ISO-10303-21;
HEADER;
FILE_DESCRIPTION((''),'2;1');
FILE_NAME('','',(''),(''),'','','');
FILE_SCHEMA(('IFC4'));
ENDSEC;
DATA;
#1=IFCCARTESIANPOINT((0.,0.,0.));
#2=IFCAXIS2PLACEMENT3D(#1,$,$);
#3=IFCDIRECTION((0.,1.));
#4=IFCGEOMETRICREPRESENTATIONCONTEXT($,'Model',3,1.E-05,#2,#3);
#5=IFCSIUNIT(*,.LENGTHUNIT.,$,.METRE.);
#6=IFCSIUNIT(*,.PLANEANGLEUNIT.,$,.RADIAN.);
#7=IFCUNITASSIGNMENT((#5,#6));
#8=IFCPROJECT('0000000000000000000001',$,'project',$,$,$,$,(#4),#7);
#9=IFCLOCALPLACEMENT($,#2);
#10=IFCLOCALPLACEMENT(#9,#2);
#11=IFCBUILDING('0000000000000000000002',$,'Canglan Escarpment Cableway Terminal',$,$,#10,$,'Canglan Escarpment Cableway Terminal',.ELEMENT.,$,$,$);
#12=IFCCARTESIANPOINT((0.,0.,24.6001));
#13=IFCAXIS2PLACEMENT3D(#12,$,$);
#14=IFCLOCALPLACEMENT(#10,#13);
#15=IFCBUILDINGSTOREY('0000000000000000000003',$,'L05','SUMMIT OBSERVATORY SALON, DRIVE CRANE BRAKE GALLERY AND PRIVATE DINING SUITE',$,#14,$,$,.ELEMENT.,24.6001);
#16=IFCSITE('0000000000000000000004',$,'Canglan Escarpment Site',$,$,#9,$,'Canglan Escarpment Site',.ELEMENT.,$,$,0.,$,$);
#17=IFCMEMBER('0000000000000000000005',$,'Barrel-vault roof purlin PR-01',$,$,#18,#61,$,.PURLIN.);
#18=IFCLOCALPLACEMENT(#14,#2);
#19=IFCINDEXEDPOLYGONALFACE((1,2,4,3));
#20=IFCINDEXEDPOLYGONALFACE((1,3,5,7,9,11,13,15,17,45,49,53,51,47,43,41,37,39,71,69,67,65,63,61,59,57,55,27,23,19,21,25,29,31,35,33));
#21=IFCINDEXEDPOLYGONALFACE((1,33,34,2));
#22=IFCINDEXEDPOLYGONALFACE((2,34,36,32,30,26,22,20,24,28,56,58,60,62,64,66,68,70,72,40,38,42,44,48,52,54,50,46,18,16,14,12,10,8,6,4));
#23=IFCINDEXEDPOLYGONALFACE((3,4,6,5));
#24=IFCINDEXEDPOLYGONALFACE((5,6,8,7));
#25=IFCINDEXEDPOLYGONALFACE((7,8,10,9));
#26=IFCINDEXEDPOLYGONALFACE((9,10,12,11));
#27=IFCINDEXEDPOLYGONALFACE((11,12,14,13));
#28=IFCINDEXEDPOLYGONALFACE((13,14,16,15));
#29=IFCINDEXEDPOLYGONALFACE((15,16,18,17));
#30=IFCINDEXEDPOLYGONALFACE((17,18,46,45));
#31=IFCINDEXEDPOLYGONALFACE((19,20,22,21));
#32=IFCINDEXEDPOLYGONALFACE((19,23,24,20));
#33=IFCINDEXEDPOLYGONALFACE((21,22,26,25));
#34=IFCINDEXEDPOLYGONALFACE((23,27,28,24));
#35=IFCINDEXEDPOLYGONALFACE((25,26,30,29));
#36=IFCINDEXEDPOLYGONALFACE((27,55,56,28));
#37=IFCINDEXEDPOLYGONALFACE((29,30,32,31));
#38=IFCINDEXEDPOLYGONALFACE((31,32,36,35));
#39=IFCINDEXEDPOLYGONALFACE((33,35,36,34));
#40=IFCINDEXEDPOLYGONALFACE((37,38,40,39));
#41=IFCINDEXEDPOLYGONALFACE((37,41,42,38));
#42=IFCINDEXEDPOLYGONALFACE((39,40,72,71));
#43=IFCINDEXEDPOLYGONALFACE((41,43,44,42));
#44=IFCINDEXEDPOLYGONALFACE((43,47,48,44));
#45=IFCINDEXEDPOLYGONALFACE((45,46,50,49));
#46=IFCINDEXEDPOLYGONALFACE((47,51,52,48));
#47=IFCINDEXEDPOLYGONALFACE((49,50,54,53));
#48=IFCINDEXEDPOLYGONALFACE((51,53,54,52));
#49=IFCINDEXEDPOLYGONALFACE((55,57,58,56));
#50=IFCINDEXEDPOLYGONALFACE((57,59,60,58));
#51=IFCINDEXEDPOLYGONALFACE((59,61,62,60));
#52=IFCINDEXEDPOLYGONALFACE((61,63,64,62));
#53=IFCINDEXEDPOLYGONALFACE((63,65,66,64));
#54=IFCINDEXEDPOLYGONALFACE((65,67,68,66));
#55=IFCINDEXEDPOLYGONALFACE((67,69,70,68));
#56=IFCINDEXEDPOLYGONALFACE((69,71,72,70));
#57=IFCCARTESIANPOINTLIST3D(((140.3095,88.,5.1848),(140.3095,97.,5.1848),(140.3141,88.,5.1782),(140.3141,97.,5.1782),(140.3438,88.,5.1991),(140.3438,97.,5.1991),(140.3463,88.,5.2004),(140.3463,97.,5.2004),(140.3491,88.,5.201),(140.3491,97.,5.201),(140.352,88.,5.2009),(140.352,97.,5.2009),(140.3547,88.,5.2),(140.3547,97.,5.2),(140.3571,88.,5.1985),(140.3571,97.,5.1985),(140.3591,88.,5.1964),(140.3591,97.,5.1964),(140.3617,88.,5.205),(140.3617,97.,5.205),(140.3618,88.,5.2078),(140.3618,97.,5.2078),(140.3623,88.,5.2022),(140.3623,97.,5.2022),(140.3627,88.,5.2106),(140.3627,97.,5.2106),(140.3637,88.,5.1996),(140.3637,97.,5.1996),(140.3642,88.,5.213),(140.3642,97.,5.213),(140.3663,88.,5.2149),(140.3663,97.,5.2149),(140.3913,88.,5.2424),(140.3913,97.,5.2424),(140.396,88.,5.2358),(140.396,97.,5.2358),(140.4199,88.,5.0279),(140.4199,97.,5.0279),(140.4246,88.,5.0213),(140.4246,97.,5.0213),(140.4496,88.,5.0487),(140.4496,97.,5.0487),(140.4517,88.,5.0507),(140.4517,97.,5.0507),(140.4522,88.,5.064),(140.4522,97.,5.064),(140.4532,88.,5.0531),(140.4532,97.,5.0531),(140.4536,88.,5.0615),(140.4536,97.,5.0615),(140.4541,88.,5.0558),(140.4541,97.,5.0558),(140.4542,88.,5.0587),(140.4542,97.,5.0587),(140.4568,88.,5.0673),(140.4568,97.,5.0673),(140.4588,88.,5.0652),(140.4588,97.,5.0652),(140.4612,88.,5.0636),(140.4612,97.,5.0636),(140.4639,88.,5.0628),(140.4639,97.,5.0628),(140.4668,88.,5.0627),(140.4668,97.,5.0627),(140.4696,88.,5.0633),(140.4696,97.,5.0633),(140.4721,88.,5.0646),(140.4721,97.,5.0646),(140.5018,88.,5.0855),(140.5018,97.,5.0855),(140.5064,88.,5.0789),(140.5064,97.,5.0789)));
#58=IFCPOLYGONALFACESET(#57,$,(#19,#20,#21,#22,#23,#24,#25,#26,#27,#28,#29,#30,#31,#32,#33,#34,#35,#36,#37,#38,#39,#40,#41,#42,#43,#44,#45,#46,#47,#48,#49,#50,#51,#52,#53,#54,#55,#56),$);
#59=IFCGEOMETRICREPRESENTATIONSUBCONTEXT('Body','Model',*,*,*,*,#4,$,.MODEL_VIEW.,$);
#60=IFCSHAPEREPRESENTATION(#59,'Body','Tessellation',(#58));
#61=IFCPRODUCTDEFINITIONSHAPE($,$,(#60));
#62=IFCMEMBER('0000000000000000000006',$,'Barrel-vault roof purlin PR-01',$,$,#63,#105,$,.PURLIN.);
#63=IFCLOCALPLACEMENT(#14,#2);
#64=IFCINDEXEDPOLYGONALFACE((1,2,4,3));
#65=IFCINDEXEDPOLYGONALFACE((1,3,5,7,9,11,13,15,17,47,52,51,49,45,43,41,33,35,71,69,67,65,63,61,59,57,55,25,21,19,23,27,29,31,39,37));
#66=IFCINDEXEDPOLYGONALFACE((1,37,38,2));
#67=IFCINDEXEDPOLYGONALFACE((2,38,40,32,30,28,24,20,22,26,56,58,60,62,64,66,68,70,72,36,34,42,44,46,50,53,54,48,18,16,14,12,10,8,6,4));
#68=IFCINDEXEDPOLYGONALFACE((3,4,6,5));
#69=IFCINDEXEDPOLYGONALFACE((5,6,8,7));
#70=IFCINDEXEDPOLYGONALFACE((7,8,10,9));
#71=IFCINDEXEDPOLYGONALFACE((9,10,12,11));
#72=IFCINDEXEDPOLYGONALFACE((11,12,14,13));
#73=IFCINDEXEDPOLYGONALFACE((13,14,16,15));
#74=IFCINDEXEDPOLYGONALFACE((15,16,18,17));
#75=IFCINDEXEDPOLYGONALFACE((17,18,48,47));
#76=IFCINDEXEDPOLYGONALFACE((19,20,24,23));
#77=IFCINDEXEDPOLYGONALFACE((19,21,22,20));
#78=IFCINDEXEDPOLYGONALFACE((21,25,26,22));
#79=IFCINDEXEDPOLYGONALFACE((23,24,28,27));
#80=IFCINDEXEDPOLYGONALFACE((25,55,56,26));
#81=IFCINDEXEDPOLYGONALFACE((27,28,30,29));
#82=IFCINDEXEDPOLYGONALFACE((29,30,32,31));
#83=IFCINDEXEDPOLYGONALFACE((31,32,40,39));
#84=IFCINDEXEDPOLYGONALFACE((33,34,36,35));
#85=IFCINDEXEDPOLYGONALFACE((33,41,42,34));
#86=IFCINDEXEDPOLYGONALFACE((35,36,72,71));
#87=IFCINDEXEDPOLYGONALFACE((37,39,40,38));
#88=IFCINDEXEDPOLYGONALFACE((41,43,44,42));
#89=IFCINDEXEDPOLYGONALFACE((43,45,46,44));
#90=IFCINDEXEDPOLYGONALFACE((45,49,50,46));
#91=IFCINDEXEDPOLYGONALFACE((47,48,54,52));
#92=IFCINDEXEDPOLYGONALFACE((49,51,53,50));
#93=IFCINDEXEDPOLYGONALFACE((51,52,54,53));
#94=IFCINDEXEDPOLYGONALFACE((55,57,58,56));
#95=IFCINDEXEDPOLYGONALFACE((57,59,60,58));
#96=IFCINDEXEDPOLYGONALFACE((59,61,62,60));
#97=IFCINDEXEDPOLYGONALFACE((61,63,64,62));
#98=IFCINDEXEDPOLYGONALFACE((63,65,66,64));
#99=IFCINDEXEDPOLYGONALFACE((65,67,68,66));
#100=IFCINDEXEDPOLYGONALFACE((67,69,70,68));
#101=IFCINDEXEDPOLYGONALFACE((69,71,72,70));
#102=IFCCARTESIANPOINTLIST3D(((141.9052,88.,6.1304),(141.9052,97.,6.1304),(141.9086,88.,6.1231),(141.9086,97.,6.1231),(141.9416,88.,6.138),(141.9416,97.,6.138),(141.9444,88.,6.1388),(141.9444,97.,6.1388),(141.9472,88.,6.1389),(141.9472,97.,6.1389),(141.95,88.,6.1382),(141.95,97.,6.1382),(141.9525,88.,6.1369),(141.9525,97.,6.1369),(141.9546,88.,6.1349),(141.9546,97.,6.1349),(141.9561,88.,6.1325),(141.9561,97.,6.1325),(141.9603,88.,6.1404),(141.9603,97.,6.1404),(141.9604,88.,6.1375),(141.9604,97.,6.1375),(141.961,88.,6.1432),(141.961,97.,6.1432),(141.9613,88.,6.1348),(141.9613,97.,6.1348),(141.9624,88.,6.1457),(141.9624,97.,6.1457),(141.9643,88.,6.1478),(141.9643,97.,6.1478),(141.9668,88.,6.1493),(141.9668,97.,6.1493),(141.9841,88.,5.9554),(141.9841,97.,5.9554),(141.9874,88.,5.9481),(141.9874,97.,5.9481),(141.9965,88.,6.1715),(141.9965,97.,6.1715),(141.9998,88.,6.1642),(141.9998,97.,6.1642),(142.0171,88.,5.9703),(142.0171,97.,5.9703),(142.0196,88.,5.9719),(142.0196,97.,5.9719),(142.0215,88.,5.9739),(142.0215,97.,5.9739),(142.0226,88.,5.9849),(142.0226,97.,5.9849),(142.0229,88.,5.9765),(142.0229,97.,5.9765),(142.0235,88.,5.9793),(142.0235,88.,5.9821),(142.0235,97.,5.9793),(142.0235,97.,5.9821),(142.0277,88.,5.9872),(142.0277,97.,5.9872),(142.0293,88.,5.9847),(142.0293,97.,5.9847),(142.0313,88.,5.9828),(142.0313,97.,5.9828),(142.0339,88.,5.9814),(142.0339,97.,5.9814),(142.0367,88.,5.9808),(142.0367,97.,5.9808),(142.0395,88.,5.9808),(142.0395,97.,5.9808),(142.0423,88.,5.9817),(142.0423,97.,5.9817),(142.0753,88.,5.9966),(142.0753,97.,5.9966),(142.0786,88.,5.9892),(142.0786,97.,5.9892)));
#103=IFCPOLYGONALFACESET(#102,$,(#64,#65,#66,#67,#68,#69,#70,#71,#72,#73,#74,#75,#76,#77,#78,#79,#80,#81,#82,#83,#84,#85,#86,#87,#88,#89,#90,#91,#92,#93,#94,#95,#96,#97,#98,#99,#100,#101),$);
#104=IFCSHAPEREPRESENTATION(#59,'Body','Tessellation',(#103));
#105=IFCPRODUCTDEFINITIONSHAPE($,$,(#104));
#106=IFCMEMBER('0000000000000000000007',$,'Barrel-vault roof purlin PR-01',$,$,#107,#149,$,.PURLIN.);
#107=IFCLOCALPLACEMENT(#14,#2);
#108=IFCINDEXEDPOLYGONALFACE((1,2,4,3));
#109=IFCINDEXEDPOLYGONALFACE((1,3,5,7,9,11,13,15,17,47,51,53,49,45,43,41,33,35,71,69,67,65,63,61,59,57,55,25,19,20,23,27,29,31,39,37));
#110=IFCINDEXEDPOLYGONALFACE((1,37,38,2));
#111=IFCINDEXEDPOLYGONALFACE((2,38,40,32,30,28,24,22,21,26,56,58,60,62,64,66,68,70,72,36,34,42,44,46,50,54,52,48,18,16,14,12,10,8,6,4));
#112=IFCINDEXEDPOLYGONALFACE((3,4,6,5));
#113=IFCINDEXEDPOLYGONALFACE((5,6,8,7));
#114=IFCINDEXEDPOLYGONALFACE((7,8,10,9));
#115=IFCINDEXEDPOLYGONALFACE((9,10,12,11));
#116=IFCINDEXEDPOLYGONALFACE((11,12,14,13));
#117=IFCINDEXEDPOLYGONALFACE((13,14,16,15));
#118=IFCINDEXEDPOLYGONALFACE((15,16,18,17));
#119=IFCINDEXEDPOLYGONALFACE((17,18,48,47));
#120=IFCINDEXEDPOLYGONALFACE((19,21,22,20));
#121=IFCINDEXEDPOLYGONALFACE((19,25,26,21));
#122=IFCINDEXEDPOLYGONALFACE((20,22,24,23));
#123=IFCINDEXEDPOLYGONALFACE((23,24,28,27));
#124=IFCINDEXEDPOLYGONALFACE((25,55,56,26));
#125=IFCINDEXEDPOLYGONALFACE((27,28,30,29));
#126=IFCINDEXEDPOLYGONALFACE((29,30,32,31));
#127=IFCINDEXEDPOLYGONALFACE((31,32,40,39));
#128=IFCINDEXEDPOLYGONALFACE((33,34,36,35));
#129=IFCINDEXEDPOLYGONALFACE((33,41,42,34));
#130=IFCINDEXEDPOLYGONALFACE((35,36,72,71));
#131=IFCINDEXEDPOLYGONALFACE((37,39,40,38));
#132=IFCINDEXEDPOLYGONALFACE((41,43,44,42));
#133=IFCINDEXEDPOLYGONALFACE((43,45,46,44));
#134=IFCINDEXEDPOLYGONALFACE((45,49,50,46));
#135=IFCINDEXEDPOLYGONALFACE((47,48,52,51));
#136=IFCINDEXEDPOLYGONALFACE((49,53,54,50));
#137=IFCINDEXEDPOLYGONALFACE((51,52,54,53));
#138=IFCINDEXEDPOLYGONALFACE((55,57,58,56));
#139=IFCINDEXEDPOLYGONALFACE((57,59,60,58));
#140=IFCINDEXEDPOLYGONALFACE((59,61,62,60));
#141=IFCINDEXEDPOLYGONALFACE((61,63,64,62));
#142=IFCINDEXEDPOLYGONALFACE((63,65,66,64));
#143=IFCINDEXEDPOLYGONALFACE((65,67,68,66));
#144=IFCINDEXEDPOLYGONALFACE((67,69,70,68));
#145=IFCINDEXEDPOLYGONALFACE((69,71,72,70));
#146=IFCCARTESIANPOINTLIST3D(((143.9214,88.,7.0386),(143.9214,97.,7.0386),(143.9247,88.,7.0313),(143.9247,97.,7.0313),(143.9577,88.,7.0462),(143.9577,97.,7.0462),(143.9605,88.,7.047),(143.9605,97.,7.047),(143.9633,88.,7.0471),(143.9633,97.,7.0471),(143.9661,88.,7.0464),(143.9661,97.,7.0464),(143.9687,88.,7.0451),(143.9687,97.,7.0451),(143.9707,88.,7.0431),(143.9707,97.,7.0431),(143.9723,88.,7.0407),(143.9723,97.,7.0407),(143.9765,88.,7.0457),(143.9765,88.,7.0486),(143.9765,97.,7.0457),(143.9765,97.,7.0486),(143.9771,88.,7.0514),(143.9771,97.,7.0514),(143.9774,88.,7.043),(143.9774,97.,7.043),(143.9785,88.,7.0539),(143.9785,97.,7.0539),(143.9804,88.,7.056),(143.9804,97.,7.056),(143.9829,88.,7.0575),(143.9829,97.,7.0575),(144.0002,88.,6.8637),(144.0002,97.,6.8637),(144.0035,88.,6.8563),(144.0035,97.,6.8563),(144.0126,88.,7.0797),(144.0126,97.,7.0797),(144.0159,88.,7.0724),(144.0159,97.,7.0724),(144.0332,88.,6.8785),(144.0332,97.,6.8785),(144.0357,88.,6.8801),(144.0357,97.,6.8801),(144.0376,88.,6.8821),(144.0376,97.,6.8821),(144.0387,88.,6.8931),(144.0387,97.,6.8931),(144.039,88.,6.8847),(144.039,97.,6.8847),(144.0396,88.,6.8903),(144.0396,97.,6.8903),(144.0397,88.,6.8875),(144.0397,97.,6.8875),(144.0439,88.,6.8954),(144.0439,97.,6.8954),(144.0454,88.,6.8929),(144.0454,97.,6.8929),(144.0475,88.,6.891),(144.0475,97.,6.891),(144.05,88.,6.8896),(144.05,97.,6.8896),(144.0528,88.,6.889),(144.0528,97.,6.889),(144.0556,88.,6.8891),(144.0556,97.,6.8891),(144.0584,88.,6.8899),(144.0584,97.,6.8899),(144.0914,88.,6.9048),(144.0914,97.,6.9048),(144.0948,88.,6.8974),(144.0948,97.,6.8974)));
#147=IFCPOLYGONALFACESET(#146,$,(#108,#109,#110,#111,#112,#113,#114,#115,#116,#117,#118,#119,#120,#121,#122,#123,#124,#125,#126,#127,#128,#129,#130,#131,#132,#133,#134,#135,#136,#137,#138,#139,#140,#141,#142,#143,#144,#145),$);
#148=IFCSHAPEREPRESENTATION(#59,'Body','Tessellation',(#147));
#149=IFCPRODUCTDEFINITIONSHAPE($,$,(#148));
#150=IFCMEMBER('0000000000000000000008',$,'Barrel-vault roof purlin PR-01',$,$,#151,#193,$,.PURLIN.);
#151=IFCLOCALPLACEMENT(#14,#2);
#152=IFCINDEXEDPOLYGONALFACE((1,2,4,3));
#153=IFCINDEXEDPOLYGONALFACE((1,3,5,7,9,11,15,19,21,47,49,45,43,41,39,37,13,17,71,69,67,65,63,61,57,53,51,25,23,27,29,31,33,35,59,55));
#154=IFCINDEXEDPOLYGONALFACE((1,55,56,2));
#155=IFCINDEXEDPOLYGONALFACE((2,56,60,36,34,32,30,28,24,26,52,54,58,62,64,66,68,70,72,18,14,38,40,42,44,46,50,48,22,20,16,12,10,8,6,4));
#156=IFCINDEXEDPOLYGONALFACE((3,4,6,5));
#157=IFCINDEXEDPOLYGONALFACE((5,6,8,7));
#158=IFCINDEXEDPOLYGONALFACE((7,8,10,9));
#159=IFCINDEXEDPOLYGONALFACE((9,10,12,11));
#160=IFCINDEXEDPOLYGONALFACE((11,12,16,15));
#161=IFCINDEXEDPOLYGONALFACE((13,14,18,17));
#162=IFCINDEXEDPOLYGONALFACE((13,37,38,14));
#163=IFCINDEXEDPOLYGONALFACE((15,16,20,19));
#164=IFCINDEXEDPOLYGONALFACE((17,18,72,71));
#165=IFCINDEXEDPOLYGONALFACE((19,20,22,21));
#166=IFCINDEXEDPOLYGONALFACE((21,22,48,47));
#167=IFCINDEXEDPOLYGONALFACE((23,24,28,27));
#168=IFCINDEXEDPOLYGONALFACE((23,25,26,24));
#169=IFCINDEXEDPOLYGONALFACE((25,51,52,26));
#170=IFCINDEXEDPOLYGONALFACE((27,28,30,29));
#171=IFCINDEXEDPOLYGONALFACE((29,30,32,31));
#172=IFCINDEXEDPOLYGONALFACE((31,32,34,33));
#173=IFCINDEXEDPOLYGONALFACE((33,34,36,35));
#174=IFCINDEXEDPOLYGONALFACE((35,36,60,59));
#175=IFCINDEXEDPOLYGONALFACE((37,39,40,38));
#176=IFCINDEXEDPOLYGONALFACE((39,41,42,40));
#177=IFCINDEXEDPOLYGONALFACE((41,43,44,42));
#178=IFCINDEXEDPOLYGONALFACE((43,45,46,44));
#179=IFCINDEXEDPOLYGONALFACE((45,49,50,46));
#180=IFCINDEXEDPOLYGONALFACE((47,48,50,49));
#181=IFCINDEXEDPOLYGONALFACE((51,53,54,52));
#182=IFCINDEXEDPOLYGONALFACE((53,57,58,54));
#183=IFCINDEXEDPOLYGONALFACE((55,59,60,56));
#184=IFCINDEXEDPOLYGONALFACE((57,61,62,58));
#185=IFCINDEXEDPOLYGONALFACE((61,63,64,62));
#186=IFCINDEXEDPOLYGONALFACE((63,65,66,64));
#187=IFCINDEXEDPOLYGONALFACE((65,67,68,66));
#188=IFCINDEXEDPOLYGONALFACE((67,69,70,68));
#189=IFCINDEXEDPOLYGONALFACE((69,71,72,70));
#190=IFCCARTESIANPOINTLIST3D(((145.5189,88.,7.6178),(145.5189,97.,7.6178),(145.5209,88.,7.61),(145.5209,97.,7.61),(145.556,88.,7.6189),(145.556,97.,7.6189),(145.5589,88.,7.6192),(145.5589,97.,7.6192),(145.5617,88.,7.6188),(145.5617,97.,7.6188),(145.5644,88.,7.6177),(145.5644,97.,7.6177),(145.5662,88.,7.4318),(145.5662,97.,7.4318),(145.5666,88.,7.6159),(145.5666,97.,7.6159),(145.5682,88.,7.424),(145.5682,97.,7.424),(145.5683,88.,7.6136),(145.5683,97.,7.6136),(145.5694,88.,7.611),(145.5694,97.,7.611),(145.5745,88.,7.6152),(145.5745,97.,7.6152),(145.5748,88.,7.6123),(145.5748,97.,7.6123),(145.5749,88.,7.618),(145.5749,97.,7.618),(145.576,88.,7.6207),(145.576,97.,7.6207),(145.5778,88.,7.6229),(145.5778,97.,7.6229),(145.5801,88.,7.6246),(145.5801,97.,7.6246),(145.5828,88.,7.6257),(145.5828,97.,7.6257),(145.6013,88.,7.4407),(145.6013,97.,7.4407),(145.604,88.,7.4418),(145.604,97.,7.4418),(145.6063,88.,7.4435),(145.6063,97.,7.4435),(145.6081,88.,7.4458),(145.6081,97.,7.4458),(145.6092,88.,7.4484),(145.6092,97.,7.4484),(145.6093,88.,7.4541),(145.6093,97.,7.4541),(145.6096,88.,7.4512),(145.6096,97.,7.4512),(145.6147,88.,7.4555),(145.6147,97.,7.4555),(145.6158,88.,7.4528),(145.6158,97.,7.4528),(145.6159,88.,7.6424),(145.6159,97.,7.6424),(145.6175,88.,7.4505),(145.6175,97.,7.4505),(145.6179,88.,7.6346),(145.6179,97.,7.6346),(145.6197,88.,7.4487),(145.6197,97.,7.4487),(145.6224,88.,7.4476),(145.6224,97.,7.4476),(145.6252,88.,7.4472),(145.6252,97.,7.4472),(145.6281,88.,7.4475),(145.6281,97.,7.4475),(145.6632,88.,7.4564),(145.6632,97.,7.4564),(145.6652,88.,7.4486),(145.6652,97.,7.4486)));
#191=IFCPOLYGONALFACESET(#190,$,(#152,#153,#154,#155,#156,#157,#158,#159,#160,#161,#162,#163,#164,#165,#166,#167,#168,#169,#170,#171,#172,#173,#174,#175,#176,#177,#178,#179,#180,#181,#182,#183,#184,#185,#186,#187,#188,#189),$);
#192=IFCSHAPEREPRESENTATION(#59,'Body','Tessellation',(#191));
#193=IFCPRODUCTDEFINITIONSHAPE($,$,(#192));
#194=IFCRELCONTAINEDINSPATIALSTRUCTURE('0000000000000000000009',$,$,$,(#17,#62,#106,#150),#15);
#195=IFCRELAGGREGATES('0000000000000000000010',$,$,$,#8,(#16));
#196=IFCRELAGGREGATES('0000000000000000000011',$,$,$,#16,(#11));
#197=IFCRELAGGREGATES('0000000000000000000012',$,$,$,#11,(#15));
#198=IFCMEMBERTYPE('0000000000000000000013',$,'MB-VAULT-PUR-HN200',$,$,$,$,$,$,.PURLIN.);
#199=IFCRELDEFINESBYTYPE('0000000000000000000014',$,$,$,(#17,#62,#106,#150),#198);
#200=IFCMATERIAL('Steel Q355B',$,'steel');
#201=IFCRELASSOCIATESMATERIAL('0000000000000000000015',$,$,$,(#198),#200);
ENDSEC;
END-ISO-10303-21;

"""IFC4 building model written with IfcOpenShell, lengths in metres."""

from ifc_helpers import new_model, si_unit, direction, frame, origin, origin_2d, place, context, subcontext, project, spatial, i_section, extrude, material, material_profile, profile_set, type_object, element, save


model = new_model("IFC4")

# Units and contexts
model_context = context("Model", 3, precision=1e-05, world=origin(), true_north=direction((0.0, 1.0)))
body_context = subcontext(model_context, "Body", "Model", "MODEL_VIEW")
ifc_project = project(units=[si_unit("LENGTHUNIT", "METRE"), si_unit("PLANEANGLEUNIT", "RADIAN")], contexts=[model_context])

# Site, building, storey
site_placement = place(None, origin())
site = spatial("IfcSite", under=ifc_project, at=site_placement, Name="Canglan Escarpment Site", LongName="Canglan Escarpment Site", CompositionType="ELEMENT", RefElevation=0.0)
building_placement = place(site_placement, origin())
building = spatial("IfcBuilding", under=site, at=building_placement, Name="Canglan Escarpment Cableway Terminal", LongName="Canglan Escarpment Cableway Terminal", CompositionType="ELEMENT")
storey_placement = place(building_placement, frame((0.0, 0.0, 24.6001)))
storey = spatial("IfcBuildingStorey", under=building, at=storey_placement, Name="L05", Description="SUMMIT OBSERVATORY SALON, DRIVE CRANE BRAKE GALLERY AND PRIVATE DINING SUITE", CompositionType="ELEMENT", Elevation=24.6001)

# Shared definitions
ifc_material_1 = material(Name="Steel Q355B", Category="steel")

# Members
ifc_material_profile_1 = material_profile(ifc_material_1, i_section(OverallWidth=0.1001, OverallDepth=0.2, WebThickness=0.0056, FlangeThickness=0.0081, FilletRadius=0.011, at=origin_2d()), Name="HN 200x100x5.5x8")
ifc_profile_set_1 = profile_set([ifc_material_profile_1], Name="Steel Q355B")
member_type_1 = type_object("IfcMemberType", Name="MB-VAULT-PUR-HN200", PredefinedType="PURLIN", material=ifc_profile_set_1)
for number, where, z_axis, x_axis, name in (
    (1, (140.408, 88.0, 5.1318), (0.0, 1.0, 0.0), (-0.817728, 0.0, -0.575605), "Barrel-vault roof purlin PR-01"),
    (2, (141.9919, 88.0, 6.0598), (0.0, 1.0, 0.0), (-0.911741, 0.0, -0.410767), "Barrel-vault roof purlin PR-01"),
    (3, (144.0081, 88.0, 6.968), (0.0, 1.0, 0.0), (-0.911741, 0.0, -0.410767), "Barrel-vault roof purlin PR-01"),
    (4, (145.592, 88.0, 7.5332), (0.0, 1.0, 0.0), (-0.969184, 0.0, -0.246339), "Barrel-vault roof purlin PR-01"),
):
    element("IfcMember", number, at=place(storey_placement, frame(where, z_axis=z_axis, x_axis=x_axis)), inside=storey, type_object=member_type_1, Name=name, PredefinedType="PURLIN", context=body_context, shape_type="SweptSolid", body=[
        extrude(i_section(OverallWidth=0.1001, OverallDepth=0.2, WebThickness=0.0056, FlangeThickness=0.0081, FilletRadius=0.011, at=origin_2d()), origin(), (0.0, 0.0, 1.0), 9.0),
    ])

save(model, "model.ifc")
